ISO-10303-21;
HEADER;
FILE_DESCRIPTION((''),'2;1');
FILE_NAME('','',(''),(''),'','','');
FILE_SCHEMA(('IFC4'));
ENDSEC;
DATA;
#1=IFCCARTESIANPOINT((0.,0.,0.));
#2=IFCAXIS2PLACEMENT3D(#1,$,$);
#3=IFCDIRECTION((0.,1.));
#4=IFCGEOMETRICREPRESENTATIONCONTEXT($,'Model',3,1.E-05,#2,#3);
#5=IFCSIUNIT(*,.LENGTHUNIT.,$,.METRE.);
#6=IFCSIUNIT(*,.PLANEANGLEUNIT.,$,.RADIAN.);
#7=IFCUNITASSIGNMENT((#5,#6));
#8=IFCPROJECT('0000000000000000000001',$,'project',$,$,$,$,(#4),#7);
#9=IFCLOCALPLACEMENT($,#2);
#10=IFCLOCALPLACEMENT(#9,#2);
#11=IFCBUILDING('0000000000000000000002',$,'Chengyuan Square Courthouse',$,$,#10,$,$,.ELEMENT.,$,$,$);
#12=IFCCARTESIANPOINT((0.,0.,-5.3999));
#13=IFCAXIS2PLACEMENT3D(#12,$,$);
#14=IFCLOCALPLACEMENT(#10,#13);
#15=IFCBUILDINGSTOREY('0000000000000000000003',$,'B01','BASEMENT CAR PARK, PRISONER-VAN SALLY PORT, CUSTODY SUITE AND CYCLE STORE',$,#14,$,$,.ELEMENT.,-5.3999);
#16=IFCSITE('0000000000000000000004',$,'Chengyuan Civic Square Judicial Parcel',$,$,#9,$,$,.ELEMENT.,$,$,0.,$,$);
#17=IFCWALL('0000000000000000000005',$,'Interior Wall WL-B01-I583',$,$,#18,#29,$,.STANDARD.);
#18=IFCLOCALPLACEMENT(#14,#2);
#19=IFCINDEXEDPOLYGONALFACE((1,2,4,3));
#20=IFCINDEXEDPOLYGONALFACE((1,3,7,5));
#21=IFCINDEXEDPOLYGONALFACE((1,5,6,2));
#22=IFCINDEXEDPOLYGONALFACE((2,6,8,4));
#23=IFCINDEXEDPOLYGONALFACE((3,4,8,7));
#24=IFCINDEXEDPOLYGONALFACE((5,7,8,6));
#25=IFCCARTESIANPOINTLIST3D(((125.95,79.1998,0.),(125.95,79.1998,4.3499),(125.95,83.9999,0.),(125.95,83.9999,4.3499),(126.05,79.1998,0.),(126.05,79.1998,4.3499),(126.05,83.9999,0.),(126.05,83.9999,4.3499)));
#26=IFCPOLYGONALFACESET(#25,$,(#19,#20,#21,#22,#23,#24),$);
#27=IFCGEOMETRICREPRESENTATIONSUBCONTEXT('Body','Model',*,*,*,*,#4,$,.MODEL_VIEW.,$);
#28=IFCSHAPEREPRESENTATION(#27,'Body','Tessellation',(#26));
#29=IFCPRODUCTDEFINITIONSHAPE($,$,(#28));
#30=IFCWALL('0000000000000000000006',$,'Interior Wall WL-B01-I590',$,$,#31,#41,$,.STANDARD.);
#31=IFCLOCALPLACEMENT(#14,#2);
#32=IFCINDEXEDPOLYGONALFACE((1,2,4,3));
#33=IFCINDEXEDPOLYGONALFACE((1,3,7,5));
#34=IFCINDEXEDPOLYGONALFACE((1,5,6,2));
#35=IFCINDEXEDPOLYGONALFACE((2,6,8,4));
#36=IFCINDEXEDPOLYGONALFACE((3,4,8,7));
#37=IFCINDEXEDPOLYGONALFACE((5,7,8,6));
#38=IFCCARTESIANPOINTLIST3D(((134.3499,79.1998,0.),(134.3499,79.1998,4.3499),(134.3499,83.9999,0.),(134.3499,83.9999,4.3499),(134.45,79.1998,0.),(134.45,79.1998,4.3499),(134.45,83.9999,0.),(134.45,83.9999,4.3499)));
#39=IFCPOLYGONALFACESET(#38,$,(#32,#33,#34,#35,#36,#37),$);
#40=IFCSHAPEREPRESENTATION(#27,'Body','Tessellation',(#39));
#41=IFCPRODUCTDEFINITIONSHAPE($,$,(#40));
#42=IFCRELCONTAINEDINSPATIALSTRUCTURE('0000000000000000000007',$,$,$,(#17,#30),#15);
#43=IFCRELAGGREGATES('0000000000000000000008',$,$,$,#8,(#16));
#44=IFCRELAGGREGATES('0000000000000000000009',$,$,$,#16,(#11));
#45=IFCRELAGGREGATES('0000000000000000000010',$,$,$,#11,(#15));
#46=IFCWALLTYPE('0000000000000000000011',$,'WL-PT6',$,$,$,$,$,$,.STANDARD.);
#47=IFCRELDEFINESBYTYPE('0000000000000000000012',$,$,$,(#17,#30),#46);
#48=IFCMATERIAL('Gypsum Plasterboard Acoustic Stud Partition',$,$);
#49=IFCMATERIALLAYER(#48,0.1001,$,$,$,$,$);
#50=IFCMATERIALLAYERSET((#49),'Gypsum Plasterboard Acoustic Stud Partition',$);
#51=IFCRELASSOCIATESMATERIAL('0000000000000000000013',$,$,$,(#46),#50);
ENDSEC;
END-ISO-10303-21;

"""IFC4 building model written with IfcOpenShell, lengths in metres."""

from ifc_helpers import new_model, si_unit, direction, frame, frame_2d, origin, place, context, subcontext, project, spatial, rectangle, extrude, material, layer, layer_set, type_object, element, save


model = new_model("IFC4")

# Units and contexts
model_context = context("Model", 3, precision=1e-05, world=origin(), true_north=direction((0.0, 1.0)))
body_context = subcontext(model_context, "Body", "Model", "MODEL_VIEW")
ifc_project = project(units=[si_unit("LENGTHUNIT", "METRE"), si_unit("PLANEANGLEUNIT", "RADIAN")], contexts=[model_context])

# Site, building, storey
site_placement = place(None, origin())
site = spatial("IfcSite", under=ifc_project, at=site_placement, Name="Chengyuan Civic Square Judicial Parcel", CompositionType="ELEMENT", RefElevation=0.0)
building_placement = place(site_placement, origin())
building = spatial("IfcBuilding", under=site, at=building_placement, Name="Chengyuan Square Courthouse", CompositionType="ELEMENT")
storey_placement = place(building_placement, frame((0.0, 0.0, -5.3999)))
storey = spatial("IfcBuildingStorey", under=building, at=storey_placement, Name="B01", Description="BASEMENT CAR PARK, PRISONER-VAN SALLY PORT, CUSTODY SUITE AND CYCLE STORE", CompositionType="ELEMENT", Elevation=-5.3999)

# Walls
ifc_material_1 = material(Name="Gypsum Plasterboard Acoustic Stud Partition")
ifc_layer = layer(ifc_material_1, 0.1001)
ifc_layer_set = layer_set([ifc_layer], Name="Gypsum Plasterboard Acoustic Stud Partition")
wall_type = type_object("IfcWallType", Name="WL-PT6", PredefinedType="STANDARD", material=ifc_layer_set)
for number, where, z_axis, x_axis, name in (
    (1, (126.0, 79.2, 0.0), (0.0, 0.0, 1.0), (0.0, 1.0, 0.0), "Interior Wall WL-B01-I583"),
    (2, (134.3999, 79.2, 0.0), (0.0, 0.0, 1.0), (0.0, 1.0, 0.0), "Interior Wall WL-B01-I590"),
):
    element("IfcWall", number, at=place(storey_placement, frame(where, z_axis=z_axis, x_axis=x_axis)), inside=storey, type_object=wall_type, Name=name, PredefinedType="STANDARD", context=body_context, shape_type="SweptSolid", body=[
        extrude(rectangle(XDim=4.8, YDim=0.1001, at=frame_2d((2.3999, 0.0))), origin(), (0.0, 0.0, 1.0), 4.3499),
    ])

save(model, "model.ifc")
